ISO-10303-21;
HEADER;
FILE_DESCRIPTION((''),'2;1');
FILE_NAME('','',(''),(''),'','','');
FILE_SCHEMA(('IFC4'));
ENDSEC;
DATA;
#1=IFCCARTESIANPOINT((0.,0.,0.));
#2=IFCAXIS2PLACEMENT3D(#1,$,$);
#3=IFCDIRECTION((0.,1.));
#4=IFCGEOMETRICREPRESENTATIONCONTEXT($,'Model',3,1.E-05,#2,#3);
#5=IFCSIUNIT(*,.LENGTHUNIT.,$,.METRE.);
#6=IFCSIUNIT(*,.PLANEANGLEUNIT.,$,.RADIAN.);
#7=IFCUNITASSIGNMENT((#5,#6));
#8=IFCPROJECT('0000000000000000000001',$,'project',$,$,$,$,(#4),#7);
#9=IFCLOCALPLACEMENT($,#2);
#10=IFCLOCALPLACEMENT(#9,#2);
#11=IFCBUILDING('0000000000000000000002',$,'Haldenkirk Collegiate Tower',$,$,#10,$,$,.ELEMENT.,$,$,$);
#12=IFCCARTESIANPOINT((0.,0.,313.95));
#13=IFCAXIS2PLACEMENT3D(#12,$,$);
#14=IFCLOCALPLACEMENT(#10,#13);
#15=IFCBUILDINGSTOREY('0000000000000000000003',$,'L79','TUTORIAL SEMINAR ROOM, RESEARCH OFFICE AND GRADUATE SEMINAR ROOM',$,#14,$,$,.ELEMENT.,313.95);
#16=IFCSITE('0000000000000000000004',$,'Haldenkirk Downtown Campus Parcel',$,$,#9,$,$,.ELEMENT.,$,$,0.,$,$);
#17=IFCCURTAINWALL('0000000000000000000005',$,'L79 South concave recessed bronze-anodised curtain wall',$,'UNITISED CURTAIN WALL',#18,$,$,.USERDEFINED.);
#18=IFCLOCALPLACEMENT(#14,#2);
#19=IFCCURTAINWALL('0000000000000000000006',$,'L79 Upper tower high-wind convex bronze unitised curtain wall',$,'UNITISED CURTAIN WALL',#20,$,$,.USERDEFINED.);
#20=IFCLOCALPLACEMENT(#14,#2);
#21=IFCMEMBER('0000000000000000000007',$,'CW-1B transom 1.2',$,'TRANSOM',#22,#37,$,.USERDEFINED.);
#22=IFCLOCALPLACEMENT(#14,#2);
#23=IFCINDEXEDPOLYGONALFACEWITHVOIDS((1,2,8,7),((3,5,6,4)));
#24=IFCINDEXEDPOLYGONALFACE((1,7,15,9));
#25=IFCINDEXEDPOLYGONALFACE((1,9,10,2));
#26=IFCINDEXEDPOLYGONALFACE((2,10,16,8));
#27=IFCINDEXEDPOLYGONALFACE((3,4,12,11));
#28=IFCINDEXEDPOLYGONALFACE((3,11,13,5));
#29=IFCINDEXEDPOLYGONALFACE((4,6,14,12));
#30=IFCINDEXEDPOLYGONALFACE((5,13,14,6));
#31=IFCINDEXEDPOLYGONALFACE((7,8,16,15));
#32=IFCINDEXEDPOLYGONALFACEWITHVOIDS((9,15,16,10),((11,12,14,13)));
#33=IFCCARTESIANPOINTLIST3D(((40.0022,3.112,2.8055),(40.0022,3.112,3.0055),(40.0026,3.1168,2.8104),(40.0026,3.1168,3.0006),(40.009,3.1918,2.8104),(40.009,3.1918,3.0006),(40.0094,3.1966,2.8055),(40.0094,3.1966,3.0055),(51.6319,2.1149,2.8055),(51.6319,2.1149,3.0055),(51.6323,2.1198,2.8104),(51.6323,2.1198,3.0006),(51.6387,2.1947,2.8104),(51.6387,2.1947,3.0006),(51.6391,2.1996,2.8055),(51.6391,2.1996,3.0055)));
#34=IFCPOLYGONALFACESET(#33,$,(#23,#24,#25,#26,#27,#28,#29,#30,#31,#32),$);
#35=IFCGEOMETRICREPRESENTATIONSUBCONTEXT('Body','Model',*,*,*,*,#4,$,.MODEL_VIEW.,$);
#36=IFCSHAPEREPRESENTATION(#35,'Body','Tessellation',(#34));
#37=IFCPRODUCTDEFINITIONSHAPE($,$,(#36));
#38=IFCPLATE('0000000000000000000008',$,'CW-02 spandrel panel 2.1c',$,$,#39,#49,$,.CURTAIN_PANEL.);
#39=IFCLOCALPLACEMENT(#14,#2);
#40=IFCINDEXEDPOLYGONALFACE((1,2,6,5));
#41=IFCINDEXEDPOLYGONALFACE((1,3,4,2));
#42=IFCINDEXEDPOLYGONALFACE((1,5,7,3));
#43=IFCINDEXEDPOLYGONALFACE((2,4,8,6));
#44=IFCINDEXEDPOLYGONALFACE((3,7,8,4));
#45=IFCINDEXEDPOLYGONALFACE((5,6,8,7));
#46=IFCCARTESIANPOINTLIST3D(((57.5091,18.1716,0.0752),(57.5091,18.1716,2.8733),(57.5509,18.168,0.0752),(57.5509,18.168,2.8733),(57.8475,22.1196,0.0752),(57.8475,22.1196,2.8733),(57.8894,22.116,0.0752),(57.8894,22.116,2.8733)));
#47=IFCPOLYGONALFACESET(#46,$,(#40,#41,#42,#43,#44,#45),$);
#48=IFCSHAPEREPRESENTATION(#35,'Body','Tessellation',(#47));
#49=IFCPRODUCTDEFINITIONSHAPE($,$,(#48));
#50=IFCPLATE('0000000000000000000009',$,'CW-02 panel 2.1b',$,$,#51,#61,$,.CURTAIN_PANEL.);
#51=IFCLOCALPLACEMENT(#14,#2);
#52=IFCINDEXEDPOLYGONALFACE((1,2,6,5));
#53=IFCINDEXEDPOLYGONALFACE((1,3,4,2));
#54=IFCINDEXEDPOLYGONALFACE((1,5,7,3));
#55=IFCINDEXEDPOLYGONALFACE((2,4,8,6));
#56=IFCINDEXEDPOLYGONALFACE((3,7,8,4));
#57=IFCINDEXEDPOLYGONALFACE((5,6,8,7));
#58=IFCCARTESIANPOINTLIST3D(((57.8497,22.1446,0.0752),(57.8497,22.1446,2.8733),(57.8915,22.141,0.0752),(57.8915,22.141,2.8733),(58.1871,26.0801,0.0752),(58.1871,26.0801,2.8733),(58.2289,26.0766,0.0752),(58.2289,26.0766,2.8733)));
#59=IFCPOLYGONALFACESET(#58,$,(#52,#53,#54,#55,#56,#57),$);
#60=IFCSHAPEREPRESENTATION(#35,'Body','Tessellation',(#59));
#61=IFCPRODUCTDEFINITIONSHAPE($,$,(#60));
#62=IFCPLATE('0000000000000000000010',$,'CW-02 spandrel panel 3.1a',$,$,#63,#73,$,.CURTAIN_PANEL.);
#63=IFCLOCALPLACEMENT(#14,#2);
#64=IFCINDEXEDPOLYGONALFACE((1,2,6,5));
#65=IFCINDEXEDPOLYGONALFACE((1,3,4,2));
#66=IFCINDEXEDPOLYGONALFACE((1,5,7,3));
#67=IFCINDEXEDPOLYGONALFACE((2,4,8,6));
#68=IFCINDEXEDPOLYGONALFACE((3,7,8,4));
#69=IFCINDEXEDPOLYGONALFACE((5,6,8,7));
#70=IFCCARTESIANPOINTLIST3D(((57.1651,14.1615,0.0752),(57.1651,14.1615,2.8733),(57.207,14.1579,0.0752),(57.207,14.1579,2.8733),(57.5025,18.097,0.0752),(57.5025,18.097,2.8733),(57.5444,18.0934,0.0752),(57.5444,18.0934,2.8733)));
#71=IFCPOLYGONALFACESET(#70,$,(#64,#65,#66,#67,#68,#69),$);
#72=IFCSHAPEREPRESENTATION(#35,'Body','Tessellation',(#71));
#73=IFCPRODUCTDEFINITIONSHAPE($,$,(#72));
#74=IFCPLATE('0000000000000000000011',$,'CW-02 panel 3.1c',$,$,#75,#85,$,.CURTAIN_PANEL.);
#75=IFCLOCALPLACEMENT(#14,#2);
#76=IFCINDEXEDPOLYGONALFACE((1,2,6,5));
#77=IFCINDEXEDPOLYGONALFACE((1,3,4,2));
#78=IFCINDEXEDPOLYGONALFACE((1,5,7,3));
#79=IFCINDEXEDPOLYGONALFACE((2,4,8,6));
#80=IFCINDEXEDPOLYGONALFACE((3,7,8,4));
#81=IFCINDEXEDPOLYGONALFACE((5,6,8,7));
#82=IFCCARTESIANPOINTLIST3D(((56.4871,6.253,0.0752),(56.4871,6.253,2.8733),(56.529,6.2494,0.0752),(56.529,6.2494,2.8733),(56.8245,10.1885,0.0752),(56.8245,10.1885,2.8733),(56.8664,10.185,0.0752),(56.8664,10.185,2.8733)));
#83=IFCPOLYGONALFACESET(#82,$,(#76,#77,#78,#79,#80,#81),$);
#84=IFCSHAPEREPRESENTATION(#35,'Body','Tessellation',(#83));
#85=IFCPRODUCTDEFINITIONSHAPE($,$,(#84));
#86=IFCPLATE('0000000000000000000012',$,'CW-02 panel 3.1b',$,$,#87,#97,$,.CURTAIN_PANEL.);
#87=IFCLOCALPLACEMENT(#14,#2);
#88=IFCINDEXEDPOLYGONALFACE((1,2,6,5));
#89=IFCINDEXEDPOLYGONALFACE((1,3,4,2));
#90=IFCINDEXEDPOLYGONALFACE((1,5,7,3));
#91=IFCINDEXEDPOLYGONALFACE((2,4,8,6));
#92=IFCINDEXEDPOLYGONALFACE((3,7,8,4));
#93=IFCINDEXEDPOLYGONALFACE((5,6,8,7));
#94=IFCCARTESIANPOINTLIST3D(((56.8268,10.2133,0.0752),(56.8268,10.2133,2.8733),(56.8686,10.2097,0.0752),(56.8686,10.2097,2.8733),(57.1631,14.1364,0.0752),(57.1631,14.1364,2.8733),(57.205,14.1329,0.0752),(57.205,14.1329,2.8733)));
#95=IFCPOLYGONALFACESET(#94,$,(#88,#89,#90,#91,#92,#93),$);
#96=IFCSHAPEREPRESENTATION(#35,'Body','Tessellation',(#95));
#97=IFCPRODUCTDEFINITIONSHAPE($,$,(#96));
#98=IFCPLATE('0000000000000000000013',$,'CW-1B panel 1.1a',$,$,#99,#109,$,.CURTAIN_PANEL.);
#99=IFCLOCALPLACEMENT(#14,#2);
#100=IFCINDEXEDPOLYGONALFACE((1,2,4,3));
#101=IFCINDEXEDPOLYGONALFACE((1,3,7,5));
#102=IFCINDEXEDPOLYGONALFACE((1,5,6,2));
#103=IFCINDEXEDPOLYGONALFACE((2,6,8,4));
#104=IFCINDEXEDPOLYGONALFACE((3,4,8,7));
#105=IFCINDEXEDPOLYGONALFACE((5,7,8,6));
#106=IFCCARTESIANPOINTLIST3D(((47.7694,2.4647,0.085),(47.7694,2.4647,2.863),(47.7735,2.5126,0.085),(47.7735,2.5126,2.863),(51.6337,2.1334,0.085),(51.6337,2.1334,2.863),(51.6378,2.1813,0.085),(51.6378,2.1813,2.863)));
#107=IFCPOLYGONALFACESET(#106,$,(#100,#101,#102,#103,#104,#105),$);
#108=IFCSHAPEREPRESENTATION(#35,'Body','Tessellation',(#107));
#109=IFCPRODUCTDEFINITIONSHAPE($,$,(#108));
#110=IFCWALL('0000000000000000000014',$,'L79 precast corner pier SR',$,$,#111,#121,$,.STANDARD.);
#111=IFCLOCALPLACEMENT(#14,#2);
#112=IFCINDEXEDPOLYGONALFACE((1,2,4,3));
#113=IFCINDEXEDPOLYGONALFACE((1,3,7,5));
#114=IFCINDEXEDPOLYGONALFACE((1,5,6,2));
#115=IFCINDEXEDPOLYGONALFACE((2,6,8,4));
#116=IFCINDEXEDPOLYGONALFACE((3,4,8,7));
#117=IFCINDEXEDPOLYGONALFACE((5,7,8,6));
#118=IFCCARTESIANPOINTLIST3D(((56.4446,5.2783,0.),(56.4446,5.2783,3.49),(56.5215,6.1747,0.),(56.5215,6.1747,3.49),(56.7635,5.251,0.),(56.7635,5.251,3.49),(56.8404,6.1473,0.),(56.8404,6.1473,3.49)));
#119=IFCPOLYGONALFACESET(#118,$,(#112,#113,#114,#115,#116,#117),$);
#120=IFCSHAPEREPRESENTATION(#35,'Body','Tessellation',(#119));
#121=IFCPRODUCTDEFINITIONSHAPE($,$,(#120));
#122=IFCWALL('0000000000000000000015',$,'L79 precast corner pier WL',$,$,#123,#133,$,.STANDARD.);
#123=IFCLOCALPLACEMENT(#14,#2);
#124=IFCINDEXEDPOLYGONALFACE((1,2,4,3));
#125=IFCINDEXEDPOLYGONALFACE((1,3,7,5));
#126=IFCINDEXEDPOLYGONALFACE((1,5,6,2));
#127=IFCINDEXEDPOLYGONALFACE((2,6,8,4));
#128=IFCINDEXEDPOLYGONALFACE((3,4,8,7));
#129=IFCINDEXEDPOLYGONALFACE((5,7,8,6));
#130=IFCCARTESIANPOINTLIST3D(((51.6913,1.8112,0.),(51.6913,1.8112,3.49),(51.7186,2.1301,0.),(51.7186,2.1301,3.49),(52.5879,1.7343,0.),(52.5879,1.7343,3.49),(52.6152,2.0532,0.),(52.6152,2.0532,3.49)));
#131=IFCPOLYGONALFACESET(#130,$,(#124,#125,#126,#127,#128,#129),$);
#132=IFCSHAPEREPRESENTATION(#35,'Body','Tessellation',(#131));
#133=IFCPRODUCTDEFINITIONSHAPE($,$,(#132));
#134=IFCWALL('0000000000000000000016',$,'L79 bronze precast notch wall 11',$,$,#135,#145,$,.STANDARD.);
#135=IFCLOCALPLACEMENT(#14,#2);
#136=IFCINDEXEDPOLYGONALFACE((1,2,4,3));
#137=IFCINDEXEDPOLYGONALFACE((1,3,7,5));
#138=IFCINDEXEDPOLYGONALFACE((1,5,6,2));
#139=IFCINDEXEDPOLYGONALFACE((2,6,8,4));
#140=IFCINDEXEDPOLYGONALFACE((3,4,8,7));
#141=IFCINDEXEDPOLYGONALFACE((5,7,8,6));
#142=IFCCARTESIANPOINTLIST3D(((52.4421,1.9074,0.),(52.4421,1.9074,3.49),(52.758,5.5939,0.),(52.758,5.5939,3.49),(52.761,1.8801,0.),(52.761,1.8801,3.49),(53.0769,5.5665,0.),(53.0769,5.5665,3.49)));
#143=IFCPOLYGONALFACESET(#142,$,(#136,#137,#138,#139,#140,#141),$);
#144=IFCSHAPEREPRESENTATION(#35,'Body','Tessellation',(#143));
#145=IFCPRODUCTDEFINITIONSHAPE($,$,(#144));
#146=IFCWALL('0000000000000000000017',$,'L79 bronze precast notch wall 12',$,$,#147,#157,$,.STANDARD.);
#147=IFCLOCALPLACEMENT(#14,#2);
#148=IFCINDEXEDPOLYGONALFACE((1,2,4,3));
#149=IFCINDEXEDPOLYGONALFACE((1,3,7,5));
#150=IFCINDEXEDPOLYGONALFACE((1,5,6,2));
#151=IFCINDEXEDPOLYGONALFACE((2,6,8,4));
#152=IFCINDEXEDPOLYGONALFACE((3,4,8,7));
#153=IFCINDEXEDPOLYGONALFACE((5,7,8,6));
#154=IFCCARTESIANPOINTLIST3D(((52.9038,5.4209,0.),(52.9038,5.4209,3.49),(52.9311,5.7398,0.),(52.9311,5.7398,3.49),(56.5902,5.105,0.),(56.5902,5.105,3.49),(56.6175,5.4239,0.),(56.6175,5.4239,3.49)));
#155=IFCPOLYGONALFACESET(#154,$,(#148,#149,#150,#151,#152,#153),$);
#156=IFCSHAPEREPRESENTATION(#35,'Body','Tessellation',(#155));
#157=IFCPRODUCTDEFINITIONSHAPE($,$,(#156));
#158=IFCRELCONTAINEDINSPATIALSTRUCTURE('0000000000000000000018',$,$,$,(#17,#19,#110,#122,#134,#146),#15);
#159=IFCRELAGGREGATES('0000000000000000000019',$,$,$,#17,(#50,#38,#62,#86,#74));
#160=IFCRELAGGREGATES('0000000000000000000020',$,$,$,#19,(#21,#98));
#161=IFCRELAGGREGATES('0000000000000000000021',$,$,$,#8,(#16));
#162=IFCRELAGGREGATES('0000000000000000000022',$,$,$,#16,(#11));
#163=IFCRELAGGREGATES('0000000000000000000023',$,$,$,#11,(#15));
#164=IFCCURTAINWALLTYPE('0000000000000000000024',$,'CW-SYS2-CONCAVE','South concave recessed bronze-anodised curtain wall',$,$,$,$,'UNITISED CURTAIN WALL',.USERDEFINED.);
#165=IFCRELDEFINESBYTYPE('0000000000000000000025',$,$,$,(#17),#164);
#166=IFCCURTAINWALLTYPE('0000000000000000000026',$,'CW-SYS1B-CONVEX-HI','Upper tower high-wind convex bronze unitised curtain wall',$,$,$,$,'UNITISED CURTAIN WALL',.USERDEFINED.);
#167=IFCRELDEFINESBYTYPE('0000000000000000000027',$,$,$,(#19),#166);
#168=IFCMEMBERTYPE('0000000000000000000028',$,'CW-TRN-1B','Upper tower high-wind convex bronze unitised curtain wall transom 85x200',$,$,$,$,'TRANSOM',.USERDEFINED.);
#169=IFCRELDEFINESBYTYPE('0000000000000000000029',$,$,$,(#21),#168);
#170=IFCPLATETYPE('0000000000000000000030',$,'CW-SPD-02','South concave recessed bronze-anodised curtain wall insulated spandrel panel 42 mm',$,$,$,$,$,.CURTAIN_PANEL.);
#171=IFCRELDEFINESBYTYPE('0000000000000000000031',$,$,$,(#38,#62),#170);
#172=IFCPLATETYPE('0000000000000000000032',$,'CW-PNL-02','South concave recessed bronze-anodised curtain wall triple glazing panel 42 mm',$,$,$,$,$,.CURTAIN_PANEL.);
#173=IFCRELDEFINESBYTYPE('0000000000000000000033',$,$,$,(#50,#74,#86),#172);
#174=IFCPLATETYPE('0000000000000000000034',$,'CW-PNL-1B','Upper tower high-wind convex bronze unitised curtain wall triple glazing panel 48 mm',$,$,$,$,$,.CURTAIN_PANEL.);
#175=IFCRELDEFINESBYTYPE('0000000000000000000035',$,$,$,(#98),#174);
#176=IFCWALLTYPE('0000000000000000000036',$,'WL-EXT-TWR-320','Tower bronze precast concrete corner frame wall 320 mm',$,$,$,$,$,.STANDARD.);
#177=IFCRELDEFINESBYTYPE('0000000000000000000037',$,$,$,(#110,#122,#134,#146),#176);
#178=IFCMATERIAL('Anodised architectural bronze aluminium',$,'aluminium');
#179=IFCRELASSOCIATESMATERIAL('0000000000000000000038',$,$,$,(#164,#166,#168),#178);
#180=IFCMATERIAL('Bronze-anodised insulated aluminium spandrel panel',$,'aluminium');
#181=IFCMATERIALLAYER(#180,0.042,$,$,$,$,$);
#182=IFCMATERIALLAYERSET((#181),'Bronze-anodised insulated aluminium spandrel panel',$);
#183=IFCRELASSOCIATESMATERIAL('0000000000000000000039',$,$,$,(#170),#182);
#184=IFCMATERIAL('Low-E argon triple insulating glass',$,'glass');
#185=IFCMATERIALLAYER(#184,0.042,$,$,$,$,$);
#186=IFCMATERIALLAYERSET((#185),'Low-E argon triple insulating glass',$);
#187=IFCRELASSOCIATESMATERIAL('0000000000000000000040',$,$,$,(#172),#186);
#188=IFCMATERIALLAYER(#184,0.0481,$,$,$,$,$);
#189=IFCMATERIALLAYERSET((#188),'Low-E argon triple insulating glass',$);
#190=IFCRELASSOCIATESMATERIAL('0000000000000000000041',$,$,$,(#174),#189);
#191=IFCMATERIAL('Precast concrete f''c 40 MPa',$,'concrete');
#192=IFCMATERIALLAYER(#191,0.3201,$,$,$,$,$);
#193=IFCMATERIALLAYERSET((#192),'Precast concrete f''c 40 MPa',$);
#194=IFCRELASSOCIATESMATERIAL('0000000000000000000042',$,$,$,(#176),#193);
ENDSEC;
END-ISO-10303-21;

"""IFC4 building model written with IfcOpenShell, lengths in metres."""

from ifc_helpers import new_model, si_unit, direction, frame, frame_2d, origin, origin_2d, place, context, subcontext, project, spatial, rectangle, hollow_rectangle, extrude, source, transform, mapped, material, layer, layer_set, material_profile, profile_set, type_object, element, aggregate, save


model = new_model("IFC4")

# Units and contexts
model_context = context("Model", 3, precision=1e-05, world=origin(), true_north=direction((0.0, 1.0)))
body_context = subcontext(model_context, "Body", "Model", "MODEL_VIEW")
ifc_project = project(units=[si_unit("LENGTHUNIT", "METRE"), si_unit("PLANEANGLEUNIT", "RADIAN")], contexts=[model_context])

# Site, building, storey
site_placement = place(None, origin())
site = spatial("IfcSite", under=ifc_project, at=site_placement, Name="Haldenkirk Downtown Campus Parcel", CompositionType="ELEMENT", RefElevation=0.0)
building_placement = place(site_placement, origin())
building = spatial("IfcBuilding", under=site, at=building_placement, Name="Haldenkirk Collegiate Tower", CompositionType="ELEMENT")
storey_placement = place(building_placement, frame((0.0, 0.0, 313.95)))
storey = spatial("IfcBuildingStorey", under=building, at=storey_placement, Name="L79", Description="TUTORIAL SEMINAR ROOM, RESEARCH OFFICE AND GRADUATE SEMINAR ROOM", CompositionType="ELEMENT", Elevation=313.95)

# Curtain wall
ifc_material_1 = material(Name="Anodised architectural bronze aluminium", Category="aluminium")
curtain_wall_type_1 = type_object("IfcCurtainWallType", Name="CW-SYS2-CONCAVE", Description="South concave recessed bronze-anodised curtain wall", ElementType="UNITISED CURTAIN WALL", PredefinedType="USERDEFINED", material=ifc_material_1)
curtain_wall_1_placement = place(storey_placement, origin())
curtain_wall_1 = element("IfcCurtainWall", 1, at=curtain_wall_1_placement, inside=storey, type_object=curtain_wall_type_1, Name="L79 South concave recessed bronze-anodised curtain wall", ObjectType="UNITISED CURTAIN WALL", PredefinedType="USERDEFINED")

# Curtain wall
curtain_wall_type_2 = type_object("IfcCurtainWallType", Name="CW-SYS1B-CONVEX-HI", Description="Upper tower high-wind convex bronze unitised curtain wall", ElementType="UNITISED CURTAIN WALL", PredefinedType="USERDEFINED", material=ifc_material_1)
curtain_wall_2_placement = place(storey_placement, origin())
curtain_wall_2 = element("IfcCurtainWall", 2, at=curtain_wall_2_placement, inside=storey, type_object=curtain_wall_type_2, Name="L79 Upper tower high-wind convex bronze unitised curtain wall", ObjectType="UNITISED CURTAIN WALL", PredefinedType="USERDEFINED")

# Member
ifc_material_profile_1 = material_profile(ifc_material_1, hollow_rectangle(XDim=0.085, YDim=0.2, WallThickness=0.0049, at=origin_2d()), Name="CW-TRN-1B")
ifc_profile_set_1 = profile_set([ifc_material_profile_1], Name="Anodised architectural bronze aluminium")
member_type_1 = type_object("IfcMemberType", Name="CW-TRN-1B", Description="Upper tower high-wind convex bronze unitised curtain wall transom 85x200", ElementType="TRANSOM", PredefinedType="USERDEFINED", material=ifc_profile_set_1)
member_1_placement = place(storey_placement, frame((51.6355, 2.1572, 2.9055), z_axis=(-0.996345, 0.085422, 0.0), x_axis=(-0.085422, -0.996345, 0.0)))
member_1 = element("IfcMember", 3, at=member_1_placement, type_object=member_type_1, Name="CW-1B transom 1.2", ObjectType="TRANSOM", PredefinedType="USERDEFINED", context=body_context, shape_type="SweptSolid", body=[
    extrude(hollow_rectangle(XDim=0.085, YDim=0.2, WallThickness=0.0049, at=origin_2d()), origin(), (0.0, 0.0, 1.0), 11.6724),
])

# Plates
ifc_material_2 = material(Name="Bronze-anodised insulated aluminium spandrel panel", Category="aluminium")
ifc_layer_1 = layer(ifc_material_2, 0.042)
ifc_layer_set_1 = layer_set([ifc_layer_1], Name="Bronze-anodised insulated aluminium spandrel panel")
plate_type_1 = type_object("IfcPlateType", Name="CW-SPD-02", Description="South concave recessed bronze-anodised curtain wall insulated spandrel panel 42 mm", PredefinedType="CURTAIN_PANEL", material=ifc_layer_set_1)
shared_shape_1 = source(origin(), body_context, "Body", "SweptSolid", [
    extrude(rectangle(XDim=3.9624, YDim=0.042, at=origin_2d()), origin(), (0.0, 0.0, 1.0), 2.7981),
])
plate_1_placement = place(storey_placement, frame((57.6992, 20.1438, 0.0752), z_axis=(0.0, 0.0, 1.0), x_axis=(-0.085417, -0.996345, 0.0)))
plate_1 = element("IfcPlate", 4, at=plate_1_placement, type_object=plate_type_1, Name="CW-02 spandrel panel 2.1c", PredefinedType="CURTAIN_PANEL", context=body_context, shape_type="MappedRepresentation", body=[
    mapped(shared_shape_1, transform((0.0, 0.0, 0.0), x_axis=(1.0, 0.0, 0.0), y_axis=(0.0, 1.0, 0.0), z_axis=(0.0, 0.0, 1.0), scale=1.0)),
])
ifc_material_3 = material(Name="Low-E argon triple insulating glass", Category="glass")
ifc_layer_2 = layer(ifc_material_3, 0.042)
ifc_layer_set_2 = layer_set([ifc_layer_2], Name="Low-E argon triple insulating glass")
plate_type_2 = type_object("IfcPlateType", Name="CW-PNL-02", Description="South concave recessed bronze-anodised curtain wall triple glazing panel 42 mm", PredefinedType="CURTAIN_PANEL", material=ifc_layer_set_2)
shared_shape_2 = source(origin(), body_context, "Body", "SweptSolid", [
    extrude(rectangle(XDim=3.95, YDim=0.042, at=origin_2d()), origin(), (0.0, 0.0, 1.0), 2.7981),
])
plate_2_placement = place(storey_placement, frame((58.0393, 24.1106, 0.0752), z_axis=(0.0, 0.0, 1.0), x_axis=(-0.085417, -0.996345, 0.0)))
plate_2 = element("IfcPlate", 5, at=plate_2_placement, type_object=plate_type_2, Name="CW-02 panel 2.1b", PredefinedType="CURTAIN_PANEL", context=body_context, shape_type="MappedRepresentation", body=[
    mapped(shared_shape_2, transform((0.0, 0.0, 0.0), x_axis=(1.0, 0.0, 0.0), y_axis=(0.0, 1.0, 0.0), z_axis=(0.0, 0.0, 1.0), scale=1.0)),
])
plate_3_placement = place(storey_placement, frame((57.3547, 16.1274, 0.0752), z_axis=(0.0, 0.0, 1.0), x_axis=(-0.085417, -0.996345, 0.0)))
plate_3 = element("IfcPlate", 6, at=plate_3_placement, type_object=plate_type_1, Name="CW-02 spandrel panel 3.1a", PredefinedType="CURTAIN_PANEL", context=body_context, shape_type="MappedRepresentation", body=[
    mapped(shared_shape_2, transform((0.0, 0.0, 0.0), x_axis=(1.0, 0.0, 0.0), y_axis=(0.0, 1.0, 0.0), z_axis=(0.0, 0.0, 1.0), scale=1.0)),
])
plate_4_placement = place(storey_placement, frame((56.6768, 8.219, 0.0752), z_axis=(0.0, 0.0, 1.0), x_axis=(-0.085417, -0.996345, 0.0)))
plate_4 = element("IfcPlate", 7, at=plate_4_placement, type_object=plate_type_2, Name="CW-02 panel 3.1c", PredefinedType="CURTAIN_PANEL", context=body_context, shape_type="MappedRepresentation", body=[
    mapped(shared_shape_2, transform((0.0, 0.0, 0.0), x_axis=(1.0, 0.0, 0.0), y_axis=(0.0, 1.0, 0.0), z_axis=(0.0, 0.0, 1.0), scale=1.0)),
])
shared_shape_3 = source(origin(), body_context, "Body", "SweptSolid", [
    extrude(rectangle(XDim=3.9375, YDim=0.042, at=origin_2d()), origin(), (0.0, 0.0, 1.0), 2.7981),
])
plate_5_placement = place(storey_placement, frame((57.0159, 12.1731, 0.0752), z_axis=(0.0, 0.0, 1.0), x_axis=(-0.085417, -0.996345, 0.0)))
plate_5 = element("IfcPlate", 8, at=plate_5_placement, type_object=plate_type_2, Name="CW-02 panel 3.1b", PredefinedType="CURTAIN_PANEL", context=body_context, shape_type="MappedRepresentation", body=[
    mapped(shared_shape_3, transform((0.0, 0.0, 0.0), x_axis=(1.0, 0.0, 0.0), y_axis=(0.0, 1.0, 0.0), z_axis=(0.0, 0.0, 1.0), scale=1.0)),
])
aggregate(curtain_wall_1, [plate_2, plate_1, plate_3, plate_5, plate_4])
ifc_layer_3 = layer(ifc_material_3, 0.0481)
ifc_layer_set_3 = layer_set([ifc_layer_3], Name="Low-E argon triple insulating glass")
plate_type_3 = type_object("IfcPlateType", Name="CW-PNL-1B", Description="Upper tower high-wind convex bronze unitised curtain wall triple glazing panel 48 mm", PredefinedType="CURTAIN_PANEL", material=ifc_layer_set_3)
shared_shape_4 = source(origin(), body_context, "Body", "SweptSolid", [
    extrude(rectangle(XDim=3.8784, YDim=0.0481, at=origin_2d()), origin(), (0.0, 0.0, 1.0), 2.7781),
])
plate_6_placement = place(storey_placement, frame((49.7036, 2.323, 0.085), z_axis=(0.0, 0.0, 1.0), x_axis=(-0.996345, 0.085418, 0.0)))
plate_6 = element("IfcPlate", 9, at=plate_6_placement, type_object=plate_type_3, Name="CW-1B panel 1.1a", PredefinedType="CURTAIN_PANEL", context=body_context, shape_type="MappedRepresentation", body=[
    mapped(shared_shape_4, transform((0.0, 0.0, 0.0), x_axis=(1.0, 0.0, 0.0), y_axis=(0.0, 1.0, 0.0), z_axis=(0.0, 0.0, 1.0), scale=1.0)),
])
aggregate(curtain_wall_2, [member_1, plate_6])

# Walls
ifc_material_4 = material(Name="Precast concrete f'c 40 MPa", Category="concrete")
ifc_layer_4 = layer(ifc_material_4, 0.3201)
ifc_layer_set_4 = layer_set([ifc_layer_4], Name="Precast concrete f'c 40 MPa")
wall_type_1 = type_object("IfcWallType", Name="WL-EXT-TWR-320", Description="Tower bronze precast concrete corner frame wall 320 mm", PredefinedType="STANDARD", material=ifc_layer_set_4)
wall_1_placement = place(storey_placement, frame((56.6809, 6.1609, 0.0), z_axis=(0.0, 0.0, 1.0), x_axis=(-0.08547, -0.996341, 0.0)))
element("IfcWall", 10, at=wall_1_placement, inside=storey, type_object=wall_type_1, Name="L79 precast corner pier SR", PredefinedType="STANDARD", context=body_context, shape_type="SweptSolid", body=[
    extrude(rectangle(XDim=0.8997, YDim=0.3201, at=frame_2d((0.4497, 0.0))), origin(), (0.0, 0.0, 1.0), 3.49),
])
wall_2_placement = place(storey_placement, frame((52.6016, 1.8938, 0.0), z_axis=(0.0, 0.0, 1.0), x_axis=(-0.996343, 0.085447, 0.0)))
element("IfcWall", 11, at=wall_2_placement, inside=storey, type_object=wall_type_1, Name="L79 precast corner pier WL", PredefinedType="STANDARD", context=body_context, shape_type="SweptSolid", body=[
    extrude(rectangle(XDim=0.8999, YDim=0.3201, at=frame_2d((0.45, 0.0))), origin(), (0.0, 0.0, 1.0), 3.49),
])
for number, where, z_axis, x_axis, name in (
    (12, (52.9175, 5.5803, 0.0), (0.0, 0.0, 1.0), (-0.085382, -0.996348, 0.0), "L79 bronze precast notch wall 11"),
    (13, (56.604, 5.2644, 0.0), (0.0, 0.0, 1.0), (-0.996348, 0.085382, 0.0), "L79 bronze precast notch wall 12"),
):
    element("IfcWall", number, at=place(storey_placement, frame(where, z_axis=z_axis, x_axis=x_axis)), inside=storey, type_object=wall_type_1, Name=name, PredefinedType="STANDARD", context=body_context, shape_type="SweptSolid", body=[
        extrude(rectangle(XDim=3.7, YDim=0.3201, at=frame_2d((1.8501, 0.0))), origin(), (0.0, 0.0, 1.0), 3.49),
    ])

save(model, "model.ifc")
